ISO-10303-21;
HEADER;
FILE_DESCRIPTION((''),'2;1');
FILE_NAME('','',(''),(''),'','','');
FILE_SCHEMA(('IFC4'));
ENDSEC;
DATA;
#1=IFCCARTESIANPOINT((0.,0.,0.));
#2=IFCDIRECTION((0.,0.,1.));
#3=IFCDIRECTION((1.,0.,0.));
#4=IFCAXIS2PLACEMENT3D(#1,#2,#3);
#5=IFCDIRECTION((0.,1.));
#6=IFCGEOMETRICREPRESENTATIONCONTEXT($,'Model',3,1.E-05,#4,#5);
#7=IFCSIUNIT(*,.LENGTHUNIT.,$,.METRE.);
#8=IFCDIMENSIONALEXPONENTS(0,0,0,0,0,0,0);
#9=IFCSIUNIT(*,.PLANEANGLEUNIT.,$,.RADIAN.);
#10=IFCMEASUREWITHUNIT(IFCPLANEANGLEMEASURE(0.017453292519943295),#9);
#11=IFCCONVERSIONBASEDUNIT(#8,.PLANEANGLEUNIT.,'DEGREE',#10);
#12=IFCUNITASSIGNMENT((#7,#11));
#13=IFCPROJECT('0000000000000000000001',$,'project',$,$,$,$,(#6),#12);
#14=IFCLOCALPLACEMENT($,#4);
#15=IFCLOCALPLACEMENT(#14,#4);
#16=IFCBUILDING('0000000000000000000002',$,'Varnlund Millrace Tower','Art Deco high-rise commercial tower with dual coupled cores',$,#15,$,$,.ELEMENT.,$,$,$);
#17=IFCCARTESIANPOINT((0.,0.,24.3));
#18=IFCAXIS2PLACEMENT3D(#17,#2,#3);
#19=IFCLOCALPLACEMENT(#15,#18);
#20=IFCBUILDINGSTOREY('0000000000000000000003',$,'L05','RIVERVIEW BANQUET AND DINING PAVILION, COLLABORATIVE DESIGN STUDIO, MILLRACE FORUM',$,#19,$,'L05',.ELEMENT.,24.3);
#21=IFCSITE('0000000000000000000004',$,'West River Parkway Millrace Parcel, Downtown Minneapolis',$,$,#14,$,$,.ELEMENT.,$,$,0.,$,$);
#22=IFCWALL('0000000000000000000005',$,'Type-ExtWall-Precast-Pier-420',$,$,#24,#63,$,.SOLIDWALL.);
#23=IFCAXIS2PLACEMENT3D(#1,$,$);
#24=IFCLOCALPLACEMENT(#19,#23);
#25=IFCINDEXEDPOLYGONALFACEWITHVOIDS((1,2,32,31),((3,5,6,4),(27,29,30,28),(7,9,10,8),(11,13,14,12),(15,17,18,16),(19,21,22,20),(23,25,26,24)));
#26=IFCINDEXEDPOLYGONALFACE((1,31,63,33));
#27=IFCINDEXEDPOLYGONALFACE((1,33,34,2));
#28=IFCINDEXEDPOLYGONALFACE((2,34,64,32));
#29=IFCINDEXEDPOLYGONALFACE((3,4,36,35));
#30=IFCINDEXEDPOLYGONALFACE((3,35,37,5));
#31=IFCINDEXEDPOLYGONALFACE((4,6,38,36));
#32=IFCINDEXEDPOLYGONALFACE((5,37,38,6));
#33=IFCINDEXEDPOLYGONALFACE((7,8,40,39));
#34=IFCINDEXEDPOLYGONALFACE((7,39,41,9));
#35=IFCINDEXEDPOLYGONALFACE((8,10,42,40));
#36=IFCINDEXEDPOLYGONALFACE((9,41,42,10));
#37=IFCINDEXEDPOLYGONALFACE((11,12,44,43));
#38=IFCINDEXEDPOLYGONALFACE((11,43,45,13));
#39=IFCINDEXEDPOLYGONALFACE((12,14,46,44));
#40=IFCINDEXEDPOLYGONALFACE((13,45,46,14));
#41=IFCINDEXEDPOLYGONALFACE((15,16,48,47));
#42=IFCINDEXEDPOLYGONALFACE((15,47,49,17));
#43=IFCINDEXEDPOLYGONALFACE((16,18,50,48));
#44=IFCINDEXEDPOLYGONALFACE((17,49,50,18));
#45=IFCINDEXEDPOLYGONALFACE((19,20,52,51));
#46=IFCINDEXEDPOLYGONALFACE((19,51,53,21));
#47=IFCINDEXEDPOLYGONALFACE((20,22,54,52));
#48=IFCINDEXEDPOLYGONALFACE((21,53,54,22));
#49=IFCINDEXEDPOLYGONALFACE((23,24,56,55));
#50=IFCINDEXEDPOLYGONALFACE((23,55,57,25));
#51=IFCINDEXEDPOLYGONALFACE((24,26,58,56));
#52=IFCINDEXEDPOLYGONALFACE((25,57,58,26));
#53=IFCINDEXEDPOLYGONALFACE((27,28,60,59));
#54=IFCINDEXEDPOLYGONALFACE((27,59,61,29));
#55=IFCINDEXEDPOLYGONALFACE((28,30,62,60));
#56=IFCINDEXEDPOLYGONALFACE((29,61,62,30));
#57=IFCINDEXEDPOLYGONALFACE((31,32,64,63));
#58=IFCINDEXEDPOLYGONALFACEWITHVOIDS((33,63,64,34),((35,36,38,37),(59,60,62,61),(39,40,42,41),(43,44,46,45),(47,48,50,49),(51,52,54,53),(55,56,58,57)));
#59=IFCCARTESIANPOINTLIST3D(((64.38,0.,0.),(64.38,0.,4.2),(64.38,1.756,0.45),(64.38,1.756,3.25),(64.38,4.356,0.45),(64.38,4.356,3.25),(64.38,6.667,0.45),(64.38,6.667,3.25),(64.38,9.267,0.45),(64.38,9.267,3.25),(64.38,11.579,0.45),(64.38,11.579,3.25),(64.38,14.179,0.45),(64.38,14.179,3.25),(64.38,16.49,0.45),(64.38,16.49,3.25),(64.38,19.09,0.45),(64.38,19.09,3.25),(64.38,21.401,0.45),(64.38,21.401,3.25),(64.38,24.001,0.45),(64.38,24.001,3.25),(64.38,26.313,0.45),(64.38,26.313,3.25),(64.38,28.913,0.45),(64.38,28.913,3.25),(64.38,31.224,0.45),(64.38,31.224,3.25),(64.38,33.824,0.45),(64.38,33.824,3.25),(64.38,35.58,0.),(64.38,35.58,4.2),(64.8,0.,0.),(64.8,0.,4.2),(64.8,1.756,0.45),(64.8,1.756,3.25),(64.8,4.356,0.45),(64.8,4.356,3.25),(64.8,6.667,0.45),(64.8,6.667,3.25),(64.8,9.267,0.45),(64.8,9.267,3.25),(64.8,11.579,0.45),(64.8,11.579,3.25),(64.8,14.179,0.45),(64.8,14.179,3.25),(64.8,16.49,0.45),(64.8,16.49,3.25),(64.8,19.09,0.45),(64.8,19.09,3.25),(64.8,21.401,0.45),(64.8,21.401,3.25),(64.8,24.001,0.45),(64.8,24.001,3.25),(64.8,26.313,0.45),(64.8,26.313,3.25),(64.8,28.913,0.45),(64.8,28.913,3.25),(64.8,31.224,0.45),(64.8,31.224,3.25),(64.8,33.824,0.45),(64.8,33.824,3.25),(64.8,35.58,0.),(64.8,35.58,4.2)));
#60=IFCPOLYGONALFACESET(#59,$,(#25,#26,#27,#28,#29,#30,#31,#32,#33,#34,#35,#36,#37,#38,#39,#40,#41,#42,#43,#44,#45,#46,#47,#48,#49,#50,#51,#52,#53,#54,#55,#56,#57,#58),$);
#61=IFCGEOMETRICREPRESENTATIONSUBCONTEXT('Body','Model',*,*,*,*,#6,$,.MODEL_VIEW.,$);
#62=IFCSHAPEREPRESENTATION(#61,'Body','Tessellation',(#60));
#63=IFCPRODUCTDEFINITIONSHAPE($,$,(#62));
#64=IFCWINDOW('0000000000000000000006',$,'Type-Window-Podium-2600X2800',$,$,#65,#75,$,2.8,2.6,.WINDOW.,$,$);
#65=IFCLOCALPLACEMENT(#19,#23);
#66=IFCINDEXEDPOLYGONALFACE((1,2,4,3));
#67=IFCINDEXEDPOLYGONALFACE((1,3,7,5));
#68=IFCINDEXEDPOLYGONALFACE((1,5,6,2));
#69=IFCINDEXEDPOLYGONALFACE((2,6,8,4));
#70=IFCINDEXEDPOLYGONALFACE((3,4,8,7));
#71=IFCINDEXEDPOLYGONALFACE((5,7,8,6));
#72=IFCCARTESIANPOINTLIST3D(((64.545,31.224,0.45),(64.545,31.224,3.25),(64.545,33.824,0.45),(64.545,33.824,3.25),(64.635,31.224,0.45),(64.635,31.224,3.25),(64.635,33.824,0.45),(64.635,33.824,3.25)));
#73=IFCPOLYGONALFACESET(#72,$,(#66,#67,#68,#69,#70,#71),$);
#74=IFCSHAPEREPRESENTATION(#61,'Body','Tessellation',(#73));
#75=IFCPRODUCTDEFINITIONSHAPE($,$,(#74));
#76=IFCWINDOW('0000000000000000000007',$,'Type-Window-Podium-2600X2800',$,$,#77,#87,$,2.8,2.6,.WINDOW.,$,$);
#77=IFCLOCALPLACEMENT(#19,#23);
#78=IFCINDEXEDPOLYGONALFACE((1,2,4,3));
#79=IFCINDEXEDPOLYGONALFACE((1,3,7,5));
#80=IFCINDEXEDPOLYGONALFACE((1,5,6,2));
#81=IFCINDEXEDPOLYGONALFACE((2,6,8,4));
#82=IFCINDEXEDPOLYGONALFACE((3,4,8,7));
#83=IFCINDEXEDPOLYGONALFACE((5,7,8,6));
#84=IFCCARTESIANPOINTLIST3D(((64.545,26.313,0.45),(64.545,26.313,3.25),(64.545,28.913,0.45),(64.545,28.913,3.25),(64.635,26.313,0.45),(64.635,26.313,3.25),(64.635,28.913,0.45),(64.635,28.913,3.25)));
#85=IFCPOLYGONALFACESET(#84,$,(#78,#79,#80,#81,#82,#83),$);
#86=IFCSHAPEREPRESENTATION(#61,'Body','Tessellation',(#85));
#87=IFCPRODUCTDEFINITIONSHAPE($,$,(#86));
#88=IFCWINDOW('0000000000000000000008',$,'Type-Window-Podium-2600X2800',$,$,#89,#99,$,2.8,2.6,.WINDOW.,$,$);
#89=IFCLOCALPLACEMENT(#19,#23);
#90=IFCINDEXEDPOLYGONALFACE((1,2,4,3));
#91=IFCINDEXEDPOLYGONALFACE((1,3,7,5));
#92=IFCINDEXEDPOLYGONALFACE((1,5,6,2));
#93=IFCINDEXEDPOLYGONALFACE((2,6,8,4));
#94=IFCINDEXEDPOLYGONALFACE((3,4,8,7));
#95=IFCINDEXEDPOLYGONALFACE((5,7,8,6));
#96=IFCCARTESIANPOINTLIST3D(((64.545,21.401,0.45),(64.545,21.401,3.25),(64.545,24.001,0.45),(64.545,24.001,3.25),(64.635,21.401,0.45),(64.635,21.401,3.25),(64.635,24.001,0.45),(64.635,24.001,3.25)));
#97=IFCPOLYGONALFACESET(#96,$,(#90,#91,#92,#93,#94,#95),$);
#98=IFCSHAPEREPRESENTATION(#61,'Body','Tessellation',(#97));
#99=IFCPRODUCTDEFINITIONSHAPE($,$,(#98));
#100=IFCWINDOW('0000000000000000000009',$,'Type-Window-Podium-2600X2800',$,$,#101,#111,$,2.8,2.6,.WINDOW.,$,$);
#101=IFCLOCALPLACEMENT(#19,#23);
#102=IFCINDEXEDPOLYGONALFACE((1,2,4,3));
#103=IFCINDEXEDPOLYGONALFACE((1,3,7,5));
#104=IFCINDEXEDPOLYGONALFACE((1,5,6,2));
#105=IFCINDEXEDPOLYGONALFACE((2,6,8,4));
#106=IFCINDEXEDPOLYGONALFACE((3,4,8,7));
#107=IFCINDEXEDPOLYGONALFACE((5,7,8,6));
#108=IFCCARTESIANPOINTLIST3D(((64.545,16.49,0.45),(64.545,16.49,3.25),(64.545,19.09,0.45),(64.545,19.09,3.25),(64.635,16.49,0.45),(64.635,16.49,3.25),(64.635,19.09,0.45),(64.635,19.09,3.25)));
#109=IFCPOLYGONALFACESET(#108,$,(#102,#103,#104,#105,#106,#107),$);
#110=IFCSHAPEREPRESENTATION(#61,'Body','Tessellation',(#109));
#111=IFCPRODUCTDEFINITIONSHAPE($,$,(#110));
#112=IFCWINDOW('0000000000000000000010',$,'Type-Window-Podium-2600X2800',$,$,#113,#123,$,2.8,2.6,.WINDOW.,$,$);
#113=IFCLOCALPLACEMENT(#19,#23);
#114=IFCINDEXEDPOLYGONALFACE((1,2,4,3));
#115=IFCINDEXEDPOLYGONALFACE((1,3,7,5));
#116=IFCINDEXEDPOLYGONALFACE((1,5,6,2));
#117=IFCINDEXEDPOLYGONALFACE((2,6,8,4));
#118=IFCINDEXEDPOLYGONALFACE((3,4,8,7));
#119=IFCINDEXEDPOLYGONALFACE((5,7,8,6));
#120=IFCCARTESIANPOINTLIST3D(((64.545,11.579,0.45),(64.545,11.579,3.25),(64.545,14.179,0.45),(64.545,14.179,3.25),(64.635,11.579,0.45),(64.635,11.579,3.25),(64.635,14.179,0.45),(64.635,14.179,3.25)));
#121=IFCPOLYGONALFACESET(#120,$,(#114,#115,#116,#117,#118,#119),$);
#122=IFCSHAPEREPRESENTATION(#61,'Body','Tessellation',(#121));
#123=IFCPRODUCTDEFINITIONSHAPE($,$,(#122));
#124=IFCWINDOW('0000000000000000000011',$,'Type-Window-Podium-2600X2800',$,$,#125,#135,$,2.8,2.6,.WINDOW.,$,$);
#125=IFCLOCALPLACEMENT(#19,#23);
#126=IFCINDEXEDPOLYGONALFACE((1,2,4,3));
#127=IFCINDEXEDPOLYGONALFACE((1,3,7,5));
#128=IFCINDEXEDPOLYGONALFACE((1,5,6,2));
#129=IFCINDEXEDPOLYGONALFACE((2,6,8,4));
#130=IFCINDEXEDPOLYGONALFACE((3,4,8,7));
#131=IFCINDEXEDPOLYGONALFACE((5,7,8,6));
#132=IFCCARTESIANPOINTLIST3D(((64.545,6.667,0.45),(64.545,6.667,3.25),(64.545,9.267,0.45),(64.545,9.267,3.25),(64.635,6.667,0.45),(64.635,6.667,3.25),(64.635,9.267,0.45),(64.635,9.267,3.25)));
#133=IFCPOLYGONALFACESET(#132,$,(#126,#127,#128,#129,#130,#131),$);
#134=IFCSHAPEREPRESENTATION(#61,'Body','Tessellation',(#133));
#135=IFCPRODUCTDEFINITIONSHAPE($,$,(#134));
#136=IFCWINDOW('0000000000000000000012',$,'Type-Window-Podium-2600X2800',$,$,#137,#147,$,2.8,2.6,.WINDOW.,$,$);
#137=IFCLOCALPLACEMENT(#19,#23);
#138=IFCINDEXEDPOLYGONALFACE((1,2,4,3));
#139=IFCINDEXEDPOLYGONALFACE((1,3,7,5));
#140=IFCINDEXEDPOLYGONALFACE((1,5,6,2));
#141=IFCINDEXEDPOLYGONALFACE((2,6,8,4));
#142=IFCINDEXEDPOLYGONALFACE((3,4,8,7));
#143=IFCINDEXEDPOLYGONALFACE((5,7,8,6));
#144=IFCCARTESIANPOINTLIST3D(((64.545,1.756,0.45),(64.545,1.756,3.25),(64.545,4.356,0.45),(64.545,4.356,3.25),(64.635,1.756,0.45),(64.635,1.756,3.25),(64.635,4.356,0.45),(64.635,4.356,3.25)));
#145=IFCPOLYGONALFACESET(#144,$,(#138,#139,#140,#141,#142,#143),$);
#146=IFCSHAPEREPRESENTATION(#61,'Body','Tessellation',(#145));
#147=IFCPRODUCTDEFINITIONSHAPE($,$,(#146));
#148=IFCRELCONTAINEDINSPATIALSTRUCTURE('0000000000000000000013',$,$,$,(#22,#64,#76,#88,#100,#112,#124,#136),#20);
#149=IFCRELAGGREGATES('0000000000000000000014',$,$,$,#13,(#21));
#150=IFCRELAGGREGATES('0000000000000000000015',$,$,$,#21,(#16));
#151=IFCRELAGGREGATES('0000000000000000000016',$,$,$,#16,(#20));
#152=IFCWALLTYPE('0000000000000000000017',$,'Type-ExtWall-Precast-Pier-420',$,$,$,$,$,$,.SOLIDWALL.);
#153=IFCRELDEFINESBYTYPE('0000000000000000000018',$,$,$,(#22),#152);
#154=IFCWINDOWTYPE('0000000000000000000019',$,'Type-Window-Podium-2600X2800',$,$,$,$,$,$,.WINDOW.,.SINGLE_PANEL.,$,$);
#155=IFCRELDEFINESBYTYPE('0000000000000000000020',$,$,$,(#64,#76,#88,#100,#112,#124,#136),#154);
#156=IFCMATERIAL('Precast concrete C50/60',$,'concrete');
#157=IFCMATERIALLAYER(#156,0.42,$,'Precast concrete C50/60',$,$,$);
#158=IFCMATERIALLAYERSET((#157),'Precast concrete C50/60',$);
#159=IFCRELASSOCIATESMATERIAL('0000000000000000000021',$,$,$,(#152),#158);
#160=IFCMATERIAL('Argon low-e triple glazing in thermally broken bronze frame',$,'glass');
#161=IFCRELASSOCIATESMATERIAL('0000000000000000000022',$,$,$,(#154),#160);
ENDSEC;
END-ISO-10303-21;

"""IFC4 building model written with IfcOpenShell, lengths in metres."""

from ifc_helpers import new_model, entity, si_unit, converted_unit, direction, frame, origin_with_axes, origin_2d_with_axis, place, context, subcontext, project, spatial, polyline, rectangle, outline, extrude, material, layer, layer_set, type_object, element, fill, save


model = new_model("IFC4")

# Units and contexts
model_context = context("Model", 3, precision=1e-05, world=origin_with_axes(), true_north=direction((0.0, 1.0)))
body_context = subcontext(model_context, "Body", "Model", "MODEL_VIEW")
ifc_project = project(units=[si_unit("LENGTHUNIT", "METRE"), converted_unit("PLANEANGLEUNIT", "DEGREE", entity("IfcPlaneAngleMeasure", 0.017453292519943295), si_unit("PLANEANGLEUNIT", "RADIAN"), dimensions=[0, 0, 0, 0, 0, 0, 0])], contexts=[model_context])

# Site, building, storey
site_placement = place(None, origin_with_axes())
site = spatial("IfcSite", under=ifc_project, at=site_placement, Name="West River Parkway Millrace Parcel, Downtown Minneapolis", CompositionType="ELEMENT", RefElevation=0.0)
building_placement = place(site_placement, origin_with_axes())
building = spatial("IfcBuilding", under=site, at=building_placement, Name="Varnlund Millrace Tower", Description="Art Deco high-rise commercial tower with dual coupled cores", CompositionType="ELEMENT")
storey_placement = place(building_placement, frame((0.0, 0.0, 24.3), z_axis=(0.0, 0.0, 1.0), x_axis=(1.0, 0.0, 0.0)))
storey = spatial("IfcBuildingStorey", under=building, at=storey_placement, Name="L05", Description="RIVERVIEW BANQUET AND DINING PAVILION, COLLABORATIVE DESIGN STUDIO, MILLRACE FORUM", LongName="L05", CompositionType="ELEMENT", Elevation=24.3)

# Wall, openings, windows
ifc_material_1 = material(Name="Precast concrete C50/60", Category="concrete")
ifc_layer_1 = layer(ifc_material_1, 0.42, Name="Precast concrete C50/60")
ifc_layer_set_1 = layer_set([ifc_layer_1], Name="Precast concrete C50/60")
wall_type = type_object("IfcWallType", Name="Type-ExtWall-Precast-Pier-420", PredefinedType="SOLIDWALL", material=ifc_layer_set_1)
wall_placement = place(storey_placement, frame((64.59, 35.58, 0.0), z_axis=(0.0, 0.0, 1.0), x_axis=(0.0, -1.0, 0.0)))
wall = element("IfcWall", 1, at=wall_placement, inside=storey, type_object=wall_type, Name="Type-ExtWall-Precast-Pier-420", PredefinedType="SOLIDWALL", context=body_context, shape_type="SweptSolid", body=[
    extrude(outline(polyline([(0.0, -0.21), (35.58, -0.21), (35.58, 0.21), (0.0, 0.21), (0.0, -0.21)])), origin_with_axes(), (0.0, 0.0, 1.0), 4.2),
])
opening_1_placement = place(wall_placement, frame((3.056, 0.0, 0.45), z_axis=(0.0, 0.0, 1.0), x_axis=(1.0, 0.0, 0.0)))
opening_1 = element("IfcOpeningElement", 2, at=opening_1_placement, cuts=wall, PredefinedType="OPENING", context=body_context, shape_type="SweptSolid", body=[
    extrude(rectangle(XDim=2.6, YDim=0.44, at=origin_2d_with_axis()), origin_with_axes(), (0.0, 0.0, 1.0), 2.8),
])
opening_2_placement = place(wall_placement, frame((7.967, 0.0, 0.45), z_axis=(0.0, 0.0, 1.0), x_axis=(1.0, 0.0, 0.0)))
opening_2 = element("IfcOpeningElement", 3, at=opening_2_placement, cuts=wall, PredefinedType="OPENING", context=body_context, shape_type="SweptSolid", body=[
    extrude(rectangle(XDim=2.6, YDim=0.44, at=origin_2d_with_axis()), origin_with_axes(), (0.0, 0.0, 1.0), 2.8),
])
opening_3_placement = place(wall_placement, frame((12.879, 0.0, 0.45), z_axis=(0.0, 0.0, 1.0), x_axis=(1.0, 0.0, 0.0)))
opening_3 = element("IfcOpeningElement", 4, at=opening_3_placement, cuts=wall, PredefinedType="OPENING", context=body_context, shape_type="SweptSolid", body=[
    extrude(rectangle(XDim=2.6, YDim=0.44, at=origin_2d_with_axis()), origin_with_axes(), (0.0, 0.0, 1.0), 2.8),
])
opening_4_placement = place(wall_placement, frame((17.79, 0.0, 0.45), z_axis=(0.0, 0.0, 1.0), x_axis=(1.0, 0.0, 0.0)))
opening_4 = element("IfcOpeningElement", 5, at=opening_4_placement, cuts=wall, PredefinedType="OPENING", context=body_context, shape_type="SweptSolid", body=[
    extrude(rectangle(XDim=2.6, YDim=0.44, at=origin_2d_with_axis()), origin_with_axes(), (0.0, 0.0, 1.0), 2.8),
])
opening_5_placement = place(wall_placement, frame((22.701, 0.0, 0.45), z_axis=(0.0, 0.0, 1.0), x_axis=(1.0, 0.0, 0.0)))
opening_5 = element("IfcOpeningElement", 6, at=opening_5_placement, cuts=wall, PredefinedType="OPENING", context=body_context, shape_type="SweptSolid", body=[
    extrude(rectangle(XDim=2.6, YDim=0.44, at=origin_2d_with_axis()), origin_with_axes(), (0.0, 0.0, 1.0), 2.8),
])
opening_6_placement = place(wall_placement, frame((27.613, 0.0, 0.45), z_axis=(0.0, 0.0, 1.0), x_axis=(1.0, 0.0, 0.0)))
opening_6 = element("IfcOpeningElement", 7, at=opening_6_placement, cuts=wall, PredefinedType="OPENING", context=body_context, shape_type="SweptSolid", body=[
    extrude(rectangle(XDim=2.6, YDim=0.44, at=origin_2d_with_axis()), origin_with_axes(), (0.0, 0.0, 1.0), 2.8),
])
opening_7_placement = place(wall_placement, frame((32.524, 0.0, 0.45), z_axis=(0.0, 0.0, 1.0), x_axis=(1.0, 0.0, 0.0)))
opening_7 = element("IfcOpeningElement", 8, at=opening_7_placement, cuts=wall, PredefinedType="OPENING", context=body_context, shape_type="SweptSolid", body=[
    extrude(rectangle(XDim=2.6, YDim=0.44, at=origin_2d_with_axis()), origin_with_axes(), (0.0, 0.0, 1.0), 2.8),
])
ifc_material_2 = material(Name="Argon low-e triple glazing in thermally broken bronze frame", Category="glass")
window_type = type_object("IfcWindowType", Name="Type-Window-Podium-2600X2800", PartitioningType="SINGLE_PANEL", PredefinedType="WINDOW", material=ifc_material_2)
window_1_placement = place(wall_placement, frame((3.056, 0.0, 0.45), z_axis=(0.0, 0.0, 1.0), x_axis=(1.0, 0.0, 0.0)))
window_1 = element("IfcWindow", 9, at=window_1_placement, inside=storey, type_object=window_type, Name="Type-Window-Podium-2600X2800", OverallHeight=2.8, OverallWidth=2.6, PredefinedType="WINDOW", context=body_context, shape_type="SweptSolid", body=[
    extrude(rectangle(XDim=2.6, YDim=0.09, at=origin_2d_with_axis()), origin_with_axes(), (0.0, 0.0, 1.0), 2.8),
])
fill(opening_1, window_1)
window_2_placement = place(wall_placement, frame((7.967, 0.0, 0.45), z_axis=(0.0, 0.0, 1.0), x_axis=(1.0, 0.0, 0.0)))
window_2 = element("IfcWindow", 10, at=window_2_placement, inside=storey, type_object=window_type, Name="Type-Window-Podium-2600X2800", OverallHeight=2.8, OverallWidth=2.6, PredefinedType="WINDOW", context=body_context, shape_type="SweptSolid", body=[
    extrude(rectangle(XDim=2.6, YDim=0.09, at=origin_2d_with_axis()), origin_with_axes(), (0.0, 0.0, 1.0), 2.8),
])
fill(opening_2, window_2)
window_3_placement = place(wall_placement, frame((12.879, 0.0, 0.45), z_axis=(0.0, 0.0, 1.0), x_axis=(1.0, 0.0, 0.0)))
window_3 = element("IfcWindow", 11, at=window_3_placement, inside=storey, type_object=window_type, Name="Type-Window-Podium-2600X2800", OverallHeight=2.8, OverallWidth=2.6, PredefinedType="WINDOW", context=body_context, shape_type="SweptSolid", body=[
    extrude(rectangle(XDim=2.6, YDim=0.09, at=origin_2d_with_axis()), origin_with_axes(), (0.0, 0.0, 1.0), 2.8),
])
fill(opening_3, window_3)
window_4_placement = place(wall_placement, frame((17.79, 0.0, 0.45), z_axis=(0.0, 0.0, 1.0), x_axis=(1.0, 0.0, 0.0)))
window_4 = element("IfcWindow", 12, at=window_4_placement, inside=storey, type_object=window_type, Name="Type-Window-Podium-2600X2800", OverallHeight=2.8, OverallWidth=2.6, PredefinedType="WINDOW", context=body_context, shape_type="SweptSolid", body=[
    extrude(rectangle(XDim=2.6, YDim=0.09, at=origin_2d_with_axis()), origin_with_axes(), (0.0, 0.0, 1.0), 2.8),
])
fill(opening_4, window_4)
window_5_placement = place(wall_placement, frame((22.701, 0.0, 0.45), z_axis=(0.0, 0.0, 1.0), x_axis=(1.0, 0.0, 0.0)))
window_5 = element("IfcWindow", 13, at=window_5_placement, inside=storey, type_object=window_type, Name="Type-Window-Podium-2600X2800", OverallHeight=2.8, OverallWidth=2.6, PredefinedType="WINDOW", context=body_context, shape_type="SweptSolid", body=[
    extrude(rectangle(XDim=2.6, YDim=0.09, at=origin_2d_with_axis()), origin_with_axes(), (0.0, 0.0, 1.0), 2.8),
])
fill(opening_5, window_5)
window_6_placement = place(wall_placement, frame((27.613, 0.0, 0.45), z_axis=(0.0, 0.0, 1.0), x_axis=(1.0, 0.0, 0.0)))
window_6 = element("IfcWindow", 14, at=window_6_placement, inside=storey, type_object=window_type, Name="Type-Window-Podium-2600X2800", OverallHeight=2.8, OverallWidth=2.6, PredefinedType="WINDOW", context=body_context, shape_type="SweptSolid", body=[
    extrude(rectangle(XDim=2.6, YDim=0.09, at=origin_2d_with_axis()), origin_with_axes(), (0.0, 0.0, 1.0), 2.8),
])
fill(opening_6, window_6)
window_7_placement = place(wall_placement, frame((32.524, 0.0, 0.45), z_axis=(0.0, 0.0, 1.0), x_axis=(1.0, 0.0, 0.0)))
window_7 = element("IfcWindow", 15, at=window_7_placement, inside=storey, type_object=window_type, Name="Type-Window-Podium-2600X2800", OverallHeight=2.8, OverallWidth=2.6, PredefinedType="WINDOW", context=body_context, shape_type="SweptSolid", body=[
    extrude(rectangle(XDim=2.6, YDim=0.09, at=origin_2d_with_axis()), origin_with_axes(), (0.0, 0.0, 1.0), 2.8),
])
fill(opening_7, window_7)

save(model, "model.ifc")
